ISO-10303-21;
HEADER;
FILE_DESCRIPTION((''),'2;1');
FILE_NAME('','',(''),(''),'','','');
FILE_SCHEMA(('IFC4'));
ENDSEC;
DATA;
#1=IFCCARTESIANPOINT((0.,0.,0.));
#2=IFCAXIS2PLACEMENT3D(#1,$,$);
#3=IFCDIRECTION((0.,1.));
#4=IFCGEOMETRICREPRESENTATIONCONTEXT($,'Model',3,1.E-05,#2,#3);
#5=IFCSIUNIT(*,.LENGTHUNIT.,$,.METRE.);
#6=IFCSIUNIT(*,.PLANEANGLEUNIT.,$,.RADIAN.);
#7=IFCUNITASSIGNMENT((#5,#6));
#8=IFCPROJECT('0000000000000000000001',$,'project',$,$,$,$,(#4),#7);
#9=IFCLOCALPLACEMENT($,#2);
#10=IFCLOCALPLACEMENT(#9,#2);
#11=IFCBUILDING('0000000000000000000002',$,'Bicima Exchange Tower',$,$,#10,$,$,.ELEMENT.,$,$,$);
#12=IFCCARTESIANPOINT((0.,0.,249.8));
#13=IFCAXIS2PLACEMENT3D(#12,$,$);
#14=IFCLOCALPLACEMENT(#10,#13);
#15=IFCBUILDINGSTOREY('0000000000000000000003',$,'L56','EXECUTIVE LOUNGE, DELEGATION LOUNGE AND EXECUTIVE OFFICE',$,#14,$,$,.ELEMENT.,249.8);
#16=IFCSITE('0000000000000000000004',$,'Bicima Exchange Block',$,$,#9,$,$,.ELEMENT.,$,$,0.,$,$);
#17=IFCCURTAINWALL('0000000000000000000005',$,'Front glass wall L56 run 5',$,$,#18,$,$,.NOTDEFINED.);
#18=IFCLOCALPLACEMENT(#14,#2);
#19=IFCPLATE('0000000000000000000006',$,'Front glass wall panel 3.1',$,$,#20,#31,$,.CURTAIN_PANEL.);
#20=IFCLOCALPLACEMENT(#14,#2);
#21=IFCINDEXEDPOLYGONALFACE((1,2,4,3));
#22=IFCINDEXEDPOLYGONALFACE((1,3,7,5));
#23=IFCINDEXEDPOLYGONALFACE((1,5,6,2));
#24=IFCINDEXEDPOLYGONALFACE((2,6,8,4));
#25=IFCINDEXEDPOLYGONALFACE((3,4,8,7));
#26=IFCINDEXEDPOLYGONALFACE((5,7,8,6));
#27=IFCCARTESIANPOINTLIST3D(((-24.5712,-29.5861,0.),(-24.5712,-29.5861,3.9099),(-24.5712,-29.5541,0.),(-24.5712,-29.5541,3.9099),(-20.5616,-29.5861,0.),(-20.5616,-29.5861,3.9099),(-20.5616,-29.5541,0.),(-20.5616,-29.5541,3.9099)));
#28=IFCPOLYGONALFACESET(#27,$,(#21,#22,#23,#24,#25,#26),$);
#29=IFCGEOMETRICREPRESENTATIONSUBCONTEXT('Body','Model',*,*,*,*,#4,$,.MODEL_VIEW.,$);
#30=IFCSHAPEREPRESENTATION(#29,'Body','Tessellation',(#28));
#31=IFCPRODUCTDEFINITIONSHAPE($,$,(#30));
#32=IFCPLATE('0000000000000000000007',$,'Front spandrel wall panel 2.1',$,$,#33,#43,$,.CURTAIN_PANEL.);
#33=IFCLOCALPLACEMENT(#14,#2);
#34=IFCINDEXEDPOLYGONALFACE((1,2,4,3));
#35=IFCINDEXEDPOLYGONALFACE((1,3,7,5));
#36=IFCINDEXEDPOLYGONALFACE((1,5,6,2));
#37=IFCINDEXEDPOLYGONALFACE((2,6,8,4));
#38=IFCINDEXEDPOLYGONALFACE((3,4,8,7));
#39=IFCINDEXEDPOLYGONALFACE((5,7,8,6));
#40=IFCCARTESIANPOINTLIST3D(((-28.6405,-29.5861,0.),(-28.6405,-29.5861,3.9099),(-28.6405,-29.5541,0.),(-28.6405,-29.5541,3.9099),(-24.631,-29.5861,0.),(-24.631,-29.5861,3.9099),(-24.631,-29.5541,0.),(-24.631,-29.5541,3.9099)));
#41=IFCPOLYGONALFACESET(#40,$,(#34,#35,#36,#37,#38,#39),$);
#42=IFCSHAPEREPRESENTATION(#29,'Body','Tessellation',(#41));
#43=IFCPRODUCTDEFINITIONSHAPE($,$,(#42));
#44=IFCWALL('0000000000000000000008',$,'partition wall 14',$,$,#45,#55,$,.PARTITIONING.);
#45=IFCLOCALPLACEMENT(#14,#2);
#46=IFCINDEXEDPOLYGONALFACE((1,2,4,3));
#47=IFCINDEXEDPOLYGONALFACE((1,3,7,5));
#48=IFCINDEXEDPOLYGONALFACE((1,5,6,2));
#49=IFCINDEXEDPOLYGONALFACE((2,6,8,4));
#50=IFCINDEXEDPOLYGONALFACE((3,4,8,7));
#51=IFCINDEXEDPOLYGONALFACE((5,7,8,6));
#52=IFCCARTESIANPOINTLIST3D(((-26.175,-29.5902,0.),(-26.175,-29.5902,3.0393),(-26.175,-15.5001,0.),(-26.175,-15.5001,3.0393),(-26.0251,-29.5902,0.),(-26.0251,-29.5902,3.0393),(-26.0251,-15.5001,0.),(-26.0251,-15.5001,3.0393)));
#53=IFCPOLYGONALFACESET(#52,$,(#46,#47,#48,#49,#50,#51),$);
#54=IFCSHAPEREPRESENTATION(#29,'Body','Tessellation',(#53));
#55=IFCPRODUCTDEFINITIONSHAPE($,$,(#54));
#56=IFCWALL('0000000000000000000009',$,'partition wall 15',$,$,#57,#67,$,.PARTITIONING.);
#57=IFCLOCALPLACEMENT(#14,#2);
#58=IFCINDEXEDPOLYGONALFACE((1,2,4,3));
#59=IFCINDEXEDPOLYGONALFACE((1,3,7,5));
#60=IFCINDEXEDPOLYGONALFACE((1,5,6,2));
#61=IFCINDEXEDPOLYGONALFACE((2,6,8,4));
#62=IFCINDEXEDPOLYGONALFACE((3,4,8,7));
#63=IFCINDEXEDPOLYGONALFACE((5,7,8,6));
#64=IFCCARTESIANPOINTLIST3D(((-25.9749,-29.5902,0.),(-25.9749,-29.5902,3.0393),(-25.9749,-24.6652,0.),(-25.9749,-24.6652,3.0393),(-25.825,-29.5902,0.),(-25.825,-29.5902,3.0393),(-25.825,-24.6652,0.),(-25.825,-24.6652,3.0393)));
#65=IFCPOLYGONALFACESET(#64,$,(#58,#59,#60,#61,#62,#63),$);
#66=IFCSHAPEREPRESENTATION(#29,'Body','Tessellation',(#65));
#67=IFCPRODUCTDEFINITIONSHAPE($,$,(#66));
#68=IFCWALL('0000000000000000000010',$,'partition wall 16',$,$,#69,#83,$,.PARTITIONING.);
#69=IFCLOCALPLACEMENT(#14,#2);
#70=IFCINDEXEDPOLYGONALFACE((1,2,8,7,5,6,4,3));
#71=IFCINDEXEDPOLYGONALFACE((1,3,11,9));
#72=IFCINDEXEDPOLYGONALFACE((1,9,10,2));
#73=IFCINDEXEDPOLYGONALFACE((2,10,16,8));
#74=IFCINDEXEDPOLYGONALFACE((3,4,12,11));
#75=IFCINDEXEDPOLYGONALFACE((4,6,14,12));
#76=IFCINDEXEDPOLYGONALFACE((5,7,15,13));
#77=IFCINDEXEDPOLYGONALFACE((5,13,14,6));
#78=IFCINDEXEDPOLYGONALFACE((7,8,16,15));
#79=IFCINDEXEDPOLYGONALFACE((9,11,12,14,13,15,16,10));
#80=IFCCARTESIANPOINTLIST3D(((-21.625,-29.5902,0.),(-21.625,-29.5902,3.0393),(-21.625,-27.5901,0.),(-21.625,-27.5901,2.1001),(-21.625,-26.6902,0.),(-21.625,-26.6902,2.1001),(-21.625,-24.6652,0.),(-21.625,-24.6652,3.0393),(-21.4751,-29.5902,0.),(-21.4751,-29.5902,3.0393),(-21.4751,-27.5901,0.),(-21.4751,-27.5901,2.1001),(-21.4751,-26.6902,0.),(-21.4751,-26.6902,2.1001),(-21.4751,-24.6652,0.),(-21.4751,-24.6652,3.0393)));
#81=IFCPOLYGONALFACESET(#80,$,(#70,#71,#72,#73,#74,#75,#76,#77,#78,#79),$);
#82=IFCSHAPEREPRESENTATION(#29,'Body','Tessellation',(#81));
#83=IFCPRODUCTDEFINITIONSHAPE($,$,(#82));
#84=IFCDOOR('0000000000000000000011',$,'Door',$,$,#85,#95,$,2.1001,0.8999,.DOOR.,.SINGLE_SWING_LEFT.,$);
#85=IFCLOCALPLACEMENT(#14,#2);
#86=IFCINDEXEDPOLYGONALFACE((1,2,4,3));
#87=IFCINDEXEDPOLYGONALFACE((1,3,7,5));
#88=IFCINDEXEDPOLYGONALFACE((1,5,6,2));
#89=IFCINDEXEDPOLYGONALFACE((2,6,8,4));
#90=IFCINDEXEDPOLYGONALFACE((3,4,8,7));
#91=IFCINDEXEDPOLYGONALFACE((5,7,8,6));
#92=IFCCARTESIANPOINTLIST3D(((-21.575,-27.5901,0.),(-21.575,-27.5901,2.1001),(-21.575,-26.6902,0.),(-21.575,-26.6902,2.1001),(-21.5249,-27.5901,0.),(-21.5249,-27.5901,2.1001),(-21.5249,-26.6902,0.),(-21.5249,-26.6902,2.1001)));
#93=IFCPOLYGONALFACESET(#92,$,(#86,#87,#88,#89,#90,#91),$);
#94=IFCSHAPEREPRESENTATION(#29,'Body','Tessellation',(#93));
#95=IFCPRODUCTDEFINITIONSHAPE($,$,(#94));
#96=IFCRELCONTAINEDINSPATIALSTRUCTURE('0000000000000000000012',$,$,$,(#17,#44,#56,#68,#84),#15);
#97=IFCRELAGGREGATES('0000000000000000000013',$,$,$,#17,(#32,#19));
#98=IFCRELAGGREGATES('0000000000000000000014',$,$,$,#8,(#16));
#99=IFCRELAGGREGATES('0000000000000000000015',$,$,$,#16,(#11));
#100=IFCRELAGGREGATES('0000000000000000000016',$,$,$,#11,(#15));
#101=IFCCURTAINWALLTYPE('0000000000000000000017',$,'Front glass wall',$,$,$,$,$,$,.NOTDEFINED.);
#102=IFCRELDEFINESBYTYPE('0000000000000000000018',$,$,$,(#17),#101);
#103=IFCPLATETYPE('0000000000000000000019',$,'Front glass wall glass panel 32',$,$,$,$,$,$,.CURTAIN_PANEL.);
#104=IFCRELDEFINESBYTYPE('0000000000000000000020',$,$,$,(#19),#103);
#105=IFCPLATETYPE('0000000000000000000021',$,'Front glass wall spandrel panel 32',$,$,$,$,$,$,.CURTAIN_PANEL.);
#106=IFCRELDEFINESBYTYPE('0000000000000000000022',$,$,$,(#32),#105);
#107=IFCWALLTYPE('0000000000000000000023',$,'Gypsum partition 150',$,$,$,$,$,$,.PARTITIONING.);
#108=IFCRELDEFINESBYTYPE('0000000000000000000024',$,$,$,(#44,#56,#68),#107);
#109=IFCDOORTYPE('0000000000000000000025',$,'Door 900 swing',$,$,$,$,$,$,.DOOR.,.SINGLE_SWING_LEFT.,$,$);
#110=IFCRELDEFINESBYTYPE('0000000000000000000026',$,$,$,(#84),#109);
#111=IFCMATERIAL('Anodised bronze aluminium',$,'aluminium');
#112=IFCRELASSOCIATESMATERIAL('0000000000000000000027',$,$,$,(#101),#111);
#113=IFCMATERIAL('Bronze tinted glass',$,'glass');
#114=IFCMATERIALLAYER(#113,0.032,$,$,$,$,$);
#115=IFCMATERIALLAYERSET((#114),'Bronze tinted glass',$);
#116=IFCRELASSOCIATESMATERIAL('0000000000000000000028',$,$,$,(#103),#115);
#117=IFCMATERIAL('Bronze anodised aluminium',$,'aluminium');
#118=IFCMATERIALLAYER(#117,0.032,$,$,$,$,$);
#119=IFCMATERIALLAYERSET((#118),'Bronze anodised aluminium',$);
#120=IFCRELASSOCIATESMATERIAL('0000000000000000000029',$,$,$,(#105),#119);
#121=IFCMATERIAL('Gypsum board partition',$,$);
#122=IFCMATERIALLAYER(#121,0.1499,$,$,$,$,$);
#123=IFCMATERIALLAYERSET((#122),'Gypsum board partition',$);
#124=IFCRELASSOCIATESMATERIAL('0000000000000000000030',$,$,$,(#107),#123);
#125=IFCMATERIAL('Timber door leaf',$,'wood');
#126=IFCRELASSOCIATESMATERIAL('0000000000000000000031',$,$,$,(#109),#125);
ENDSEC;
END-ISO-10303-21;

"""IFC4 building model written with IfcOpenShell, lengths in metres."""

from ifc_helpers import new_model, si_unit, direction, frame, frame_2d, origin, origin_2d, place, context, subcontext, project, spatial, rectangle, extrude, material, layer, layer_set, type_object, element, fill, aggregate, save


model = new_model("IFC4")

# Units and contexts
model_context = context("Model", 3, precision=1e-05, world=origin(), true_north=direction((0.0, 1.0)))
body_context = subcontext(model_context, "Body", "Model", "MODEL_VIEW")
ifc_project = project(units=[si_unit("LENGTHUNIT", "METRE"), si_unit("PLANEANGLEUNIT", "RADIAN")], contexts=[model_context])

# Site, building, storey
site_placement = place(None, origin())
site = spatial("IfcSite", under=ifc_project, at=site_placement, Name="Bicima Exchange Block", CompositionType="ELEMENT", RefElevation=0.0)
building_placement = place(site_placement, origin())
building = spatial("IfcBuilding", under=site, at=building_placement, Name="Bicima Exchange Tower", CompositionType="ELEMENT")
storey_placement = place(building_placement, frame((0.0, 0.0, 249.8)))
storey = spatial("IfcBuildingStorey", under=building, at=storey_placement, Name="L56", Description="EXECUTIVE LOUNGE, DELEGATION LOUNGE AND EXECUTIVE OFFICE", CompositionType="ELEMENT", Elevation=249.8)

# Curtain wall
ifc_material_1 = material(Name="Anodised bronze aluminium", Category="aluminium")
curtain_wall_type = type_object("IfcCurtainWallType", Name="Front glass wall", PredefinedType="NOTDEFINED", material=ifc_material_1)
curtain_wall_1_placement = place(storey_placement, origin())
curtain_wall_1 = element("IfcCurtainWall", 1, at=curtain_wall_1_placement, inside=storey, type_object=curtain_wall_type, Name="Front glass wall L56 run 5", PredefinedType="NOTDEFINED")

# Plates
ifc_material_2 = material(Name="Bronze tinted glass", Category="glass")
ifc_layer_1 = layer(ifc_material_2, 0.032)
ifc_layer_set_1 = layer_set([ifc_layer_1], Name="Bronze tinted glass")
plate_type_1 = type_object("IfcPlateType", Name="Front glass wall glass panel 32", PredefinedType="CURTAIN_PANEL", material=ifc_layer_set_1)
plate_1_placement = place(storey_placement, frame((-22.5664, -29.5701, 0.0), z_axis=(0.0, 0.0, 1.0), x_axis=(1.0, 0.0, 0.0)))
plate_1 = element("IfcPlate", 2, at=plate_1_placement, type_object=plate_type_1, Name="Front glass wall panel 3.1", PredefinedType="CURTAIN_PANEL", context=body_context, shape_type="SweptSolid", body=[
    extrude(rectangle(XDim=4.0095, YDim=0.032, at=origin_2d()), origin(), (0.0, 0.0, 1.0), 3.9099),
])
ifc_material_3 = material(Name="Bronze anodised aluminium", Category="aluminium")
ifc_layer_2 = layer(ifc_material_3, 0.032)
ifc_layer_set_2 = layer_set([ifc_layer_2], Name="Bronze anodised aluminium")
plate_type_2 = type_object("IfcPlateType", Name="Front glass wall spandrel panel 32", PredefinedType="CURTAIN_PANEL", material=ifc_layer_set_2)
plate_2_placement = place(storey_placement, frame((-26.6357, -29.5701, 0.0), z_axis=(0.0, 0.0, 1.0), x_axis=(1.0, 0.0, 0.0)))
plate_2 = element("IfcPlate", 3, at=plate_2_placement, type_object=plate_type_2, Name="Front spandrel wall panel 2.1", PredefinedType="CURTAIN_PANEL", context=body_context, shape_type="SweptSolid", body=[
    extrude(rectangle(XDim=4.0095, YDim=0.032, at=origin_2d()), origin(), (0.0, 0.0, 1.0), 3.9099),
])
aggregate(curtain_wall_1, [plate_2, plate_1])

# Walls
ifc_material_4 = material(Name="Gypsum board partition")
ifc_layer_3 = layer(ifc_material_4, 0.1499)
ifc_layer_set_3 = layer_set([ifc_layer_3], Name="Gypsum board partition")
wall_type = type_object("IfcWallType", Name="Gypsum partition 150", PredefinedType="PARTITIONING", material=ifc_layer_set_3)
wall_1_placement = place(storey_placement, frame((-26.1001, -29.5901, 0.0), z_axis=(0.0, 0.0, 1.0), x_axis=(0.0, 1.0, 0.0)))
element("IfcWall", 4, at=wall_1_placement, inside=storey, type_object=wall_type, Name="partition wall 14", PredefinedType="PARTITIONING", context=body_context, shape_type="SweptSolid", body=[
    extrude(rectangle(XDim=14.0901, YDim=0.1499, at=frame_2d((7.0449, 0.0))), origin(), (0.0, 0.0, 1.0), 3.0393),
])
wall_2_placement = place(storey_placement, frame((-25.8999, -29.5901, 0.0), z_axis=(0.0, 0.0, 1.0), x_axis=(0.0, 1.0, 0.0)))
element("IfcWall", 5, at=wall_2_placement, inside=storey, type_object=wall_type, Name="partition wall 15", PredefinedType="PARTITIONING", context=body_context, shape_type="SweptSolid", body=[
    extrude(rectangle(XDim=4.925, YDim=0.1499, at=frame_2d((2.4624, 0.0))), origin(), (0.0, 0.0, 1.0), 3.0393),
])

# Wall, opening, door
wall_3_placement = place(storey_placement, frame((-21.55, -29.5901, 0.0), z_axis=(0.0, 0.0, 1.0), x_axis=(0.0, 1.0, 0.0)))
wall_3 = element("IfcWall", 6, at=wall_3_placement, inside=storey, type_object=wall_type, Name="partition wall 16", PredefinedType="PARTITIONING", context=body_context, shape_type="SweptSolid", body=[
    extrude(rectangle(XDim=4.925, YDim=0.1499, at=frame_2d((2.4624, 0.0))), origin(), (0.0, 0.0, 1.0), 3.0393),
])
opening_placement = place(wall_3_placement, frame((2.0, 0.0, 0.0)))
opening = element("IfcOpeningElement", 7, at=opening_placement, cuts=wall_3, PredefinedType="OPENING", context=body_context, shape_type="SweptSolid", body=[
    extrude(rectangle(XDim=0.8999, YDim=2.1001, at=frame_2d((0.45, 1.05))), frame((0.0, 0.0869, 0.0), z_axis=(0.0, -1.0, 0.0), x_axis=(1.0, 0.0, 0.0)), (0.0, 0.0, 1.0), 0.1738),
])
ifc_material_5 = material(Name="Timber door leaf", Category="wood")
door_type = type_object("IfcDoorType", Name="Door 900 swing", OperationType="SINGLE_SWING_LEFT", PredefinedType="DOOR", material=ifc_material_5)
door_placement = place(opening_placement, origin())
door = element("IfcDoor", 8, at=door_placement, inside=storey, type_object=door_type, Name="Door", OperationType="SINGLE_SWING_LEFT", OverallHeight=2.1001, OverallWidth=0.8999, PredefinedType="DOOR", context=body_context, shape_type="SweptSolid", body=[
    extrude(rectangle(XDim=0.8999, YDim=2.1001, at=frame_2d((0.45, 1.05))), frame((0.0, 0.0249, 0.0), z_axis=(0.0, -1.0, 0.0), x_axis=(1.0, 0.0, 0.0)), (0.0, 0.0, 1.0), 0.05),
])
fill(opening, door)

save(model, "model.ifc")
